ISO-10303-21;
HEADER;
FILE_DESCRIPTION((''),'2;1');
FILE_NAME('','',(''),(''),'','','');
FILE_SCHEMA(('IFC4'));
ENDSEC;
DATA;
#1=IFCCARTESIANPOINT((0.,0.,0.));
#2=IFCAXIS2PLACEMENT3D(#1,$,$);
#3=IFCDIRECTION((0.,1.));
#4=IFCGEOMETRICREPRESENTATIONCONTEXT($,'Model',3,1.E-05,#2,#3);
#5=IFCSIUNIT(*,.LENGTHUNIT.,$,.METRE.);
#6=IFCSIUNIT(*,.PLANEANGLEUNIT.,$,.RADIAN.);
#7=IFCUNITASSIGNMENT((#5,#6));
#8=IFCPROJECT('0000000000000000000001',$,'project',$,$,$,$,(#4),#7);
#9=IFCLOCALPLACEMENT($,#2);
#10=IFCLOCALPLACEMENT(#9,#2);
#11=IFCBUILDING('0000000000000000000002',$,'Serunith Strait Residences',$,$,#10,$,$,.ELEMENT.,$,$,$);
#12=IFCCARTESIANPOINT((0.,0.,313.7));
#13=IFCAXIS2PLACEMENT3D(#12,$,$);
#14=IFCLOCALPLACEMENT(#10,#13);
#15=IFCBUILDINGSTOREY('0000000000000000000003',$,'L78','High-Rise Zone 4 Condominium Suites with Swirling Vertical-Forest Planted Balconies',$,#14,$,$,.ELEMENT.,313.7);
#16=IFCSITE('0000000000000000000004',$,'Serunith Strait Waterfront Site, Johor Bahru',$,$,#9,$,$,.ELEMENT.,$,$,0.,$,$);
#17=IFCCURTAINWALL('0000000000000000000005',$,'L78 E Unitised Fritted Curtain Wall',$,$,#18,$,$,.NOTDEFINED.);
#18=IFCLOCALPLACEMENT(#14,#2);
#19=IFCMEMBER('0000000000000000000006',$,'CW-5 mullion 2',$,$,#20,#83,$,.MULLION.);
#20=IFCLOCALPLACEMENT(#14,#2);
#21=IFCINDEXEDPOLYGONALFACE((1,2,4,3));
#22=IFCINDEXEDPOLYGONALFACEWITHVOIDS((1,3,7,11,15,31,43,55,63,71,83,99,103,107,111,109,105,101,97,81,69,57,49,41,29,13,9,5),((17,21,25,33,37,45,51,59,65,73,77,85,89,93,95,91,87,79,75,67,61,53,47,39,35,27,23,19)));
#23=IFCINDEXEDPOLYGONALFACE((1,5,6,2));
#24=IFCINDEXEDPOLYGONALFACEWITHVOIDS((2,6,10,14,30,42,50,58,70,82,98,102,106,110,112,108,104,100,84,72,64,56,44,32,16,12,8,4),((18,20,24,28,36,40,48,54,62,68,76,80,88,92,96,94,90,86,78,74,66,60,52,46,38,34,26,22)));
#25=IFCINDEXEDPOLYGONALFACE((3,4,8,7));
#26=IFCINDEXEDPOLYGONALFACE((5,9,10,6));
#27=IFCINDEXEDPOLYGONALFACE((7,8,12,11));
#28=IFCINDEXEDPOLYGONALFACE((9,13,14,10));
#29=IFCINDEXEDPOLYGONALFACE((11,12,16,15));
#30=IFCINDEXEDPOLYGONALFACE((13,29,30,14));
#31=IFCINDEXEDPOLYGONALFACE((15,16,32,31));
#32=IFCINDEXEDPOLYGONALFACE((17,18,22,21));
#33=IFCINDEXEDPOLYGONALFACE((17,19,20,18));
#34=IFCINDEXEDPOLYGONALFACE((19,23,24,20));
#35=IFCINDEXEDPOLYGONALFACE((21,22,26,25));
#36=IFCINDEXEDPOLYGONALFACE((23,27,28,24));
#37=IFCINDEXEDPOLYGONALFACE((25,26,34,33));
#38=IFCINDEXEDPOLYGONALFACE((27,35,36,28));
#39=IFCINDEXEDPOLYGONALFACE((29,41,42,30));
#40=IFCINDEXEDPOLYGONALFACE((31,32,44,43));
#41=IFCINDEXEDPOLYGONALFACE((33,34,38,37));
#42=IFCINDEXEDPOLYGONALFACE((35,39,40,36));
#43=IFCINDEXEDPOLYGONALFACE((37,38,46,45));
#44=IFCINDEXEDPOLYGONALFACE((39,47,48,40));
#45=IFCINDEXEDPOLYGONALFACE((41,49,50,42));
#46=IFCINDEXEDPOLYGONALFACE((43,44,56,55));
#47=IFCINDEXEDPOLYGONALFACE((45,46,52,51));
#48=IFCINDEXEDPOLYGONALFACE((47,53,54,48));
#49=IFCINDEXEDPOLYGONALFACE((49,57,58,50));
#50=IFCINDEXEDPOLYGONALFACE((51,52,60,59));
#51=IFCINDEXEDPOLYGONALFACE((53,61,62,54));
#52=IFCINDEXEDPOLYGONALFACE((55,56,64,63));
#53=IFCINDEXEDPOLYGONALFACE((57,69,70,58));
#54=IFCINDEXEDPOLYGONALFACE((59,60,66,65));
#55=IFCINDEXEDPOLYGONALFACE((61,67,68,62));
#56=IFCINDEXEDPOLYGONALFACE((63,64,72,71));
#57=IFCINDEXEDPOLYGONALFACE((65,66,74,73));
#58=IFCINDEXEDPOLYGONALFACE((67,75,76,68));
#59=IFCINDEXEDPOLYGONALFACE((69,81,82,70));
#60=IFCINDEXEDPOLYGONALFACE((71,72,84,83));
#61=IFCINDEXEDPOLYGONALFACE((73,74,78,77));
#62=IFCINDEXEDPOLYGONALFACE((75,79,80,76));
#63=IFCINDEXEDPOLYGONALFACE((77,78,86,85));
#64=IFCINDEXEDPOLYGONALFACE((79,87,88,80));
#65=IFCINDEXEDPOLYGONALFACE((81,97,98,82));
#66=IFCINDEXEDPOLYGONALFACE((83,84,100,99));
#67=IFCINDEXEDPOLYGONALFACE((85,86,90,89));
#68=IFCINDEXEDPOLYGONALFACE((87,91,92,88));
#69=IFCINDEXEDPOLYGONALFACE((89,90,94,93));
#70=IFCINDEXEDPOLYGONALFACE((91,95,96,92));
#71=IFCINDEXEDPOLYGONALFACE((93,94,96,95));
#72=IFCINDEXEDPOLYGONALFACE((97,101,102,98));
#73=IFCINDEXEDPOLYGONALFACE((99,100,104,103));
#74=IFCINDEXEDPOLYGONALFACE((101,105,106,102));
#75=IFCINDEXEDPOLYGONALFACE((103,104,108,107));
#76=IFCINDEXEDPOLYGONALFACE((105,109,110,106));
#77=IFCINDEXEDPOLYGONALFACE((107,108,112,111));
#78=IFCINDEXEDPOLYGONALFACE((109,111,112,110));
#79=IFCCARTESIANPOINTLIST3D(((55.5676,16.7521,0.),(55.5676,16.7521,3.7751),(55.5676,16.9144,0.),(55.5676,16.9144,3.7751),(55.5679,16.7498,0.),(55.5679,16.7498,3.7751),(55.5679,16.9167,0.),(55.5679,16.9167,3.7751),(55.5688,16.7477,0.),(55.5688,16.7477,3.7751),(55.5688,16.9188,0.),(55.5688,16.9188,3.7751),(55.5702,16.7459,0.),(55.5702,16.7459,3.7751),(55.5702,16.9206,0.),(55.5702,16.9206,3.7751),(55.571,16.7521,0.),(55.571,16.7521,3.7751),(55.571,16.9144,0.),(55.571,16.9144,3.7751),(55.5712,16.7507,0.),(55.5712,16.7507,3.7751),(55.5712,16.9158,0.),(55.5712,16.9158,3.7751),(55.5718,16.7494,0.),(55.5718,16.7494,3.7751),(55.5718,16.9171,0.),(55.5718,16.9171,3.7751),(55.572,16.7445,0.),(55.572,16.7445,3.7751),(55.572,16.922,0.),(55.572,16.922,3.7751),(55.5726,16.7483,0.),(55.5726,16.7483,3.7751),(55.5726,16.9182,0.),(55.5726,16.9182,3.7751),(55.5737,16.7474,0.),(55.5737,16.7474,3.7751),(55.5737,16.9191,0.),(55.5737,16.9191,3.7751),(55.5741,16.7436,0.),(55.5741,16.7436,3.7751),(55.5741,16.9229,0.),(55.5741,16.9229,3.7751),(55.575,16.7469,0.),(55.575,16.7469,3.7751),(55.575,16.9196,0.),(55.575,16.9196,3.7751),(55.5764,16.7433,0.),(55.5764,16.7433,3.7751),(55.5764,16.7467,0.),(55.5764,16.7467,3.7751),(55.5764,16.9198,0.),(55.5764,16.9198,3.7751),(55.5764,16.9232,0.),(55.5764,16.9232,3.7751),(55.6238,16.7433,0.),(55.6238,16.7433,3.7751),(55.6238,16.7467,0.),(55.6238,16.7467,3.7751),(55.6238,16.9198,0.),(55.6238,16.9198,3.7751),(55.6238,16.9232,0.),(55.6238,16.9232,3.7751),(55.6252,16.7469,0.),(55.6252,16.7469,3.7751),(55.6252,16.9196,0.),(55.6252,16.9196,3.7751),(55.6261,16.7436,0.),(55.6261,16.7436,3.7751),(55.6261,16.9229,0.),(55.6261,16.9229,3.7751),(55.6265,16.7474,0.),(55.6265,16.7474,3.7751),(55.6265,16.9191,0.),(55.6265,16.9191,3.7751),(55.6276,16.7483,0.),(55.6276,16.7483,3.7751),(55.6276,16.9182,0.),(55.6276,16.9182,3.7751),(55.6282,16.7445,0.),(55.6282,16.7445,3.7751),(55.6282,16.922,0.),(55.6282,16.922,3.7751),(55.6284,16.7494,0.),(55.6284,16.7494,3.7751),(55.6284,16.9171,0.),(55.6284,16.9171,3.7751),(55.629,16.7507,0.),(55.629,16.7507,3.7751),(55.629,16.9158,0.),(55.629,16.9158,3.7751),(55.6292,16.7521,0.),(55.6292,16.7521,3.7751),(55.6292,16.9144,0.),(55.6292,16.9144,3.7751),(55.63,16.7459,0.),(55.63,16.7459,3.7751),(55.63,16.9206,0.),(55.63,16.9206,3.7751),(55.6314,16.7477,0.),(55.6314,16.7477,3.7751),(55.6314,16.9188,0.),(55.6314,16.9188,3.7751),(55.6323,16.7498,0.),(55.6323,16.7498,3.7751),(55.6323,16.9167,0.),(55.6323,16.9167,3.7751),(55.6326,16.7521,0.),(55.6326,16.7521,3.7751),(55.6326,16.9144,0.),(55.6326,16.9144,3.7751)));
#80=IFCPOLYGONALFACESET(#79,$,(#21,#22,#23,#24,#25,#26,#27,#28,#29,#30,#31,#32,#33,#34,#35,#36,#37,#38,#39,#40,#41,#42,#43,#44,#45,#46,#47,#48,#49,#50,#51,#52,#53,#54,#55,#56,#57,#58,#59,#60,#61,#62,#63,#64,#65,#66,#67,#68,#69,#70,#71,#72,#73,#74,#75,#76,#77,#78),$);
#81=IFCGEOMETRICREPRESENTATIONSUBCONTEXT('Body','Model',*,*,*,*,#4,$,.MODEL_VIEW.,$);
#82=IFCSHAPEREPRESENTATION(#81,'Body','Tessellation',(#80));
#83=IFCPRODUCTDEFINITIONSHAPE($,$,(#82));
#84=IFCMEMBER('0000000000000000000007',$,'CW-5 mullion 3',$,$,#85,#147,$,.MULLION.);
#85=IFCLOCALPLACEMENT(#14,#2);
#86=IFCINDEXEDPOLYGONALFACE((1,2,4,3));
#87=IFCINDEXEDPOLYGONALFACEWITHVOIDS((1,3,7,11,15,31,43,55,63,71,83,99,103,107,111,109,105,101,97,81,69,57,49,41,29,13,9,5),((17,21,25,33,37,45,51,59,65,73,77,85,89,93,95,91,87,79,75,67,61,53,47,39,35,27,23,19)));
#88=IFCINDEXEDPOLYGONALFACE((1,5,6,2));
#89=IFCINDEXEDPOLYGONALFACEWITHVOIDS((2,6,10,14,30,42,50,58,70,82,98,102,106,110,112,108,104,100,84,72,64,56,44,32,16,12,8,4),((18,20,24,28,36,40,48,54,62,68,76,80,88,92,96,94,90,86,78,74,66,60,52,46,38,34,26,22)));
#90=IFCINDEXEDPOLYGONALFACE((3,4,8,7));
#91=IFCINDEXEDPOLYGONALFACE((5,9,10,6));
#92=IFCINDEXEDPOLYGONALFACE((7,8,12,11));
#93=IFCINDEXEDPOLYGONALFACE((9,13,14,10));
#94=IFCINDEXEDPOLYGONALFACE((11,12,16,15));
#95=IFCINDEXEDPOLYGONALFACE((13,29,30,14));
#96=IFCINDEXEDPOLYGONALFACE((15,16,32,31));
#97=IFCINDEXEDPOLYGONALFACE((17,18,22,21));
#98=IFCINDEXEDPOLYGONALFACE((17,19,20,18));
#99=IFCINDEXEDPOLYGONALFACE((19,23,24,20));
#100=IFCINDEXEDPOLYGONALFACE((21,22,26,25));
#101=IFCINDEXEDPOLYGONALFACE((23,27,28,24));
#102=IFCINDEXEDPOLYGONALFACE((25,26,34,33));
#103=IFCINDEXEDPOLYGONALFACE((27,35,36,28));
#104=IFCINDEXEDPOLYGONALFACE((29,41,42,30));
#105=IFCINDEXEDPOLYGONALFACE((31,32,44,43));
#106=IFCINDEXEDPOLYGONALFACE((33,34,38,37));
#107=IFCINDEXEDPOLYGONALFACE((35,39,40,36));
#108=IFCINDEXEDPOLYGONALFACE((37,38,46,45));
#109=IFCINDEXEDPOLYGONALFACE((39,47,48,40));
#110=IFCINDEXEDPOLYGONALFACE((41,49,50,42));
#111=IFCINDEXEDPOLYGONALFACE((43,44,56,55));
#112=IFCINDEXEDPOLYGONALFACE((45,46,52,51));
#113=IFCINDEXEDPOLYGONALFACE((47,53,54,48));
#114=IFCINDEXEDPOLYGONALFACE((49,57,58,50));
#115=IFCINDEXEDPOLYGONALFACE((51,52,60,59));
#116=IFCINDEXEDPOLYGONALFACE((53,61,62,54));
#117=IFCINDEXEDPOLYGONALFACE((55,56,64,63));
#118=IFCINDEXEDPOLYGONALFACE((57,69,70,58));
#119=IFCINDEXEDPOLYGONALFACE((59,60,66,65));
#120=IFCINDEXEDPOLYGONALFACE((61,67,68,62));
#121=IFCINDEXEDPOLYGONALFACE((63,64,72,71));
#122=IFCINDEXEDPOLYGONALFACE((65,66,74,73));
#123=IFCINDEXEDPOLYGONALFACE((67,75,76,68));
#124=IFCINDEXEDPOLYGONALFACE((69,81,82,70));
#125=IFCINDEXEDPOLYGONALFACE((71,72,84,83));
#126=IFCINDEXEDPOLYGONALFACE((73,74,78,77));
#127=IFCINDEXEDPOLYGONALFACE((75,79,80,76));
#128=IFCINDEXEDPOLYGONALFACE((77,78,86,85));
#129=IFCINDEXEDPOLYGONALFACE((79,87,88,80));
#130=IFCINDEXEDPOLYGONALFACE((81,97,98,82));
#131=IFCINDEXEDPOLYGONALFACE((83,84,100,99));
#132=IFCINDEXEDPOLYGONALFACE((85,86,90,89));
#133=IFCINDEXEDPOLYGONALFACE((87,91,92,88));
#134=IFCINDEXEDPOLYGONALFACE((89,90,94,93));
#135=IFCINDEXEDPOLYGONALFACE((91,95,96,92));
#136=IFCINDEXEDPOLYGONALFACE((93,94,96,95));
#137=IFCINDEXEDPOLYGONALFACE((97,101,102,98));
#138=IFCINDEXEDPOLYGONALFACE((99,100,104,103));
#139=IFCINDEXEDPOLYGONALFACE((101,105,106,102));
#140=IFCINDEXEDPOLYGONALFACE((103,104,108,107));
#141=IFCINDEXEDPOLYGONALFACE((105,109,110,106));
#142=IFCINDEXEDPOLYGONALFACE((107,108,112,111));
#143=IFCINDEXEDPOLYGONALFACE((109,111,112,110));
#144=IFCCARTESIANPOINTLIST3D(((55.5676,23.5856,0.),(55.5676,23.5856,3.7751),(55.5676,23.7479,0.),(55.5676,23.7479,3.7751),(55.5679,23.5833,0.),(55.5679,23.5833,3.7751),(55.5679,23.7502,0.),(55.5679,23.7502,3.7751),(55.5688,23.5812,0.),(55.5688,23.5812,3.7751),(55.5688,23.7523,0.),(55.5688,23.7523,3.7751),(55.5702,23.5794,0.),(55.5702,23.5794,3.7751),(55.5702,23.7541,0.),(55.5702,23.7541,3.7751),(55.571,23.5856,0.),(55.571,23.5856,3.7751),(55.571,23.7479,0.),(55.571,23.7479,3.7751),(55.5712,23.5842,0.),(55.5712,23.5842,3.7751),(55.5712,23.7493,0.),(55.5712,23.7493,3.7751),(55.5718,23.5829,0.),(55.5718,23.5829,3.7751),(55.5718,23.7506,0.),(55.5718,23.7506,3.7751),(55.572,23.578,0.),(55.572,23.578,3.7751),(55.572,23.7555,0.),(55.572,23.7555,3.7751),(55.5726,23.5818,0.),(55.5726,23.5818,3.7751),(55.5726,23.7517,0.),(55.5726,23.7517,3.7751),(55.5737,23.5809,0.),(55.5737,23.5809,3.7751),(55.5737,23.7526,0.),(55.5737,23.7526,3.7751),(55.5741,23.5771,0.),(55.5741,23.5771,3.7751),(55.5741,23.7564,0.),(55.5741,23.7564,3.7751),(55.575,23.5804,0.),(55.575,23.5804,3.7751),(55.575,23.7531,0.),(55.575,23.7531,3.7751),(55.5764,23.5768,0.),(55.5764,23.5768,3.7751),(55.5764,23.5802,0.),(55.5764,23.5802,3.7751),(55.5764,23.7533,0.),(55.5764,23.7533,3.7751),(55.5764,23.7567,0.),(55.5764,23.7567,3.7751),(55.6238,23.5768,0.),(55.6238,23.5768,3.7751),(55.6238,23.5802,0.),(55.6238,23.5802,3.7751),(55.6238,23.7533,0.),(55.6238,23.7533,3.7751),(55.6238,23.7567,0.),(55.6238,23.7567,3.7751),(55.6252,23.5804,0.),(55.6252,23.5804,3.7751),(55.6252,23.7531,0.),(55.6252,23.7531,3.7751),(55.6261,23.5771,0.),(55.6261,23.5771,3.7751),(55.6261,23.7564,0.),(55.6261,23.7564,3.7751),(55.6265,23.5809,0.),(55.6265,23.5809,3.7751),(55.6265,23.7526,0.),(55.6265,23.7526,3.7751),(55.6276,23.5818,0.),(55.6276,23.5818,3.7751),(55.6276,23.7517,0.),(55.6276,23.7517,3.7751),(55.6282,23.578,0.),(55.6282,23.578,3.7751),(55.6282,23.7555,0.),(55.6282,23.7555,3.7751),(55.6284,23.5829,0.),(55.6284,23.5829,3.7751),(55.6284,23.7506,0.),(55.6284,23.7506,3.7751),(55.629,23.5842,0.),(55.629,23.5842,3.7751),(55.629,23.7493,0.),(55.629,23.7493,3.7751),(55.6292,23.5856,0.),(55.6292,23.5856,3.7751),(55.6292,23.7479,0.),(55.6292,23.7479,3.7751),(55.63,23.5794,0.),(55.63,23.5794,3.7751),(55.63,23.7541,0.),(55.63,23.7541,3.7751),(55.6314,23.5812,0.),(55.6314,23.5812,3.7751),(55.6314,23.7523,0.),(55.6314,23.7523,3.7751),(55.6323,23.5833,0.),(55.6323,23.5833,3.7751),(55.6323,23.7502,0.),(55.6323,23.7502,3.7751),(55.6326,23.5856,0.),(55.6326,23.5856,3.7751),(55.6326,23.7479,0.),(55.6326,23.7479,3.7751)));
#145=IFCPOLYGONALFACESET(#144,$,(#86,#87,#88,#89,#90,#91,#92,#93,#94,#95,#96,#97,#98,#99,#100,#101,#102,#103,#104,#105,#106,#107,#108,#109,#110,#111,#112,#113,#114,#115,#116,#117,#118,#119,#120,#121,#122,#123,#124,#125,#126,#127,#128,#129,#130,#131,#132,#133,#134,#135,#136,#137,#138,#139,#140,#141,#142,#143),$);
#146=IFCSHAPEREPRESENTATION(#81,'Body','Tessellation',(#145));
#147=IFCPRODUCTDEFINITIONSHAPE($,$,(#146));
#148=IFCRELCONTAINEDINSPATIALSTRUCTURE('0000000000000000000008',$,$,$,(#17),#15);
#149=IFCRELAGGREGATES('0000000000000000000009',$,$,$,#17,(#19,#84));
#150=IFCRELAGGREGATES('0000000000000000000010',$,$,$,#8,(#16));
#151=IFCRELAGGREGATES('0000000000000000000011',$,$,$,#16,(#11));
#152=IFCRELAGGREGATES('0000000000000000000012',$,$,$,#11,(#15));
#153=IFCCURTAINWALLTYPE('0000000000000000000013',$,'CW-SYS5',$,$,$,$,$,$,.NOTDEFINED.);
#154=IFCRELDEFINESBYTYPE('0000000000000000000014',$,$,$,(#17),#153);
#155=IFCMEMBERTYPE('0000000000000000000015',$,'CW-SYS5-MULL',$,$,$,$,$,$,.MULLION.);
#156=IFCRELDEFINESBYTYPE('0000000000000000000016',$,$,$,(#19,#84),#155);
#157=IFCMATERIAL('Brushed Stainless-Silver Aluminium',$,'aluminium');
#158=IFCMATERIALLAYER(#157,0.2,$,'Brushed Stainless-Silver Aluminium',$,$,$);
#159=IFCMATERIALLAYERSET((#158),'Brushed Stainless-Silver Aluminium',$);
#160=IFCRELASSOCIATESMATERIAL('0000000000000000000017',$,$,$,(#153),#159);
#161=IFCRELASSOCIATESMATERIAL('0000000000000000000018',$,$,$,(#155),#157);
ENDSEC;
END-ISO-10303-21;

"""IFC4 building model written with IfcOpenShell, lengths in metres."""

from ifc_helpers import new_model, si_unit, direction, frame, origin, origin_2d, place, context, subcontext, project, spatial, hollow_rectangle, extrude, source, transform, mapped, material, layer, layer_set, material_profile, profile_set, type_object, element, aggregate, save


model = new_model("IFC4")

# Units and contexts
model_context = context("Model", 3, precision=1e-05, world=origin(), true_north=direction((0.0, 1.0)))
body_context = subcontext(model_context, "Body", "Model", "MODEL_VIEW")
ifc_project = project(units=[si_unit("LENGTHUNIT", "METRE"), si_unit("PLANEANGLEUNIT", "RADIAN")], contexts=[model_context])

# Site, building, storey
site_placement = place(None, origin())
site = spatial("IfcSite", under=ifc_project, at=site_placement, Name="Serunith Strait Waterfront Site, Johor Bahru", CompositionType="ELEMENT", RefElevation=0.0)
building_placement = place(site_placement, origin())
building = spatial("IfcBuilding", under=site, at=building_placement, Name="Serunith Strait Residences", CompositionType="ELEMENT")
storey_placement = place(building_placement, frame((0.0, 0.0, 313.7)))
storey = spatial("IfcBuildingStorey", under=building, at=storey_placement, Name="L78", Description="High-Rise Zone 4 Condominium Suites with Swirling Vertical-Forest Planted Balconies", CompositionType="ELEMENT", Elevation=313.7)

# Curtain wall, members
ifc_material_1 = material(Name="Brushed Stainless-Silver Aluminium", Category="aluminium")
ifc_layer_1 = layer(ifc_material_1, 0.2, Name="Brushed Stainless-Silver Aluminium")
ifc_layer_set_1 = layer_set([ifc_layer_1], Name="Brushed Stainless-Silver Aluminium")
curtain_wall_type = type_object("IfcCurtainWallType", Name="CW-SYS5", PredefinedType="NOTDEFINED", material=ifc_layer_set_1)
curtain_wall_placement = place(storey_placement, origin())
curtain_wall = element("IfcCurtainWall", 1, at=curtain_wall_placement, inside=storey, type_object=curtain_wall_type, Name="L78 E Unitised Fritted Curtain Wall", PredefinedType="NOTDEFINED")
ifc_material_profile_1 = material_profile(ifc_material_1, hollow_rectangle(XDim=0.0649, YDim=0.1799, WallThickness=0.0034, InnerFilletRadius=0.0054, OuterFilletRadius=0.0088, at=origin_2d()), Name="ALU 180x65x3.5")
ifc_profile_set_1 = profile_set([ifc_material_profile_1], Name="Brushed Stainless-Silver Aluminium")
member_type_1 = type_object("IfcMemberType", Name="CW-SYS5-MULL", PredefinedType="MULLION", material=ifc_profile_set_1)
shared_shape_1 = source(origin(), body_context, "Body", "SweptSolid", [
    extrude(hollow_rectangle(XDim=0.0649, YDim=0.1799, WallThickness=0.0034, InnerFilletRadius=0.0054, OuterFilletRadius=0.0088, at=origin_2d()), origin(), (0.0, 0.0, 1.0), 3.7751),
])
member_1_placement = place(storey_placement, frame((55.6001, 16.8333, 0.0), z_axis=(0.0, 0.0, 1.0), x_axis=(-1.0, 0.0, 0.0)))
member_1 = element("IfcMember", 2, at=member_1_placement, type_object=member_type_1, Name="CW-5 mullion 2", PredefinedType="MULLION", context=body_context, shape_type="MappedRepresentation", body=[
    mapped(shared_shape_1, transform((0.0, 0.0, 0.0), scale=1.0)),
])
member_2_placement = place(storey_placement, frame((55.6001, 23.6667, 0.0), z_axis=(0.0, 0.0, 1.0), x_axis=(-1.0, 0.0, 0.0)))
member_2 = element("IfcMember", 3, at=member_2_placement, type_object=member_type_1, Name="CW-5 mullion 3", PredefinedType="MULLION", context=body_context, shape_type="MappedRepresentation", body=[
    mapped(shared_shape_1, transform((0.0, 0.0, 0.0), scale=1.0)),
])
aggregate(curtain_wall, [member_1, member_2])

save(model, "model.ifc")
